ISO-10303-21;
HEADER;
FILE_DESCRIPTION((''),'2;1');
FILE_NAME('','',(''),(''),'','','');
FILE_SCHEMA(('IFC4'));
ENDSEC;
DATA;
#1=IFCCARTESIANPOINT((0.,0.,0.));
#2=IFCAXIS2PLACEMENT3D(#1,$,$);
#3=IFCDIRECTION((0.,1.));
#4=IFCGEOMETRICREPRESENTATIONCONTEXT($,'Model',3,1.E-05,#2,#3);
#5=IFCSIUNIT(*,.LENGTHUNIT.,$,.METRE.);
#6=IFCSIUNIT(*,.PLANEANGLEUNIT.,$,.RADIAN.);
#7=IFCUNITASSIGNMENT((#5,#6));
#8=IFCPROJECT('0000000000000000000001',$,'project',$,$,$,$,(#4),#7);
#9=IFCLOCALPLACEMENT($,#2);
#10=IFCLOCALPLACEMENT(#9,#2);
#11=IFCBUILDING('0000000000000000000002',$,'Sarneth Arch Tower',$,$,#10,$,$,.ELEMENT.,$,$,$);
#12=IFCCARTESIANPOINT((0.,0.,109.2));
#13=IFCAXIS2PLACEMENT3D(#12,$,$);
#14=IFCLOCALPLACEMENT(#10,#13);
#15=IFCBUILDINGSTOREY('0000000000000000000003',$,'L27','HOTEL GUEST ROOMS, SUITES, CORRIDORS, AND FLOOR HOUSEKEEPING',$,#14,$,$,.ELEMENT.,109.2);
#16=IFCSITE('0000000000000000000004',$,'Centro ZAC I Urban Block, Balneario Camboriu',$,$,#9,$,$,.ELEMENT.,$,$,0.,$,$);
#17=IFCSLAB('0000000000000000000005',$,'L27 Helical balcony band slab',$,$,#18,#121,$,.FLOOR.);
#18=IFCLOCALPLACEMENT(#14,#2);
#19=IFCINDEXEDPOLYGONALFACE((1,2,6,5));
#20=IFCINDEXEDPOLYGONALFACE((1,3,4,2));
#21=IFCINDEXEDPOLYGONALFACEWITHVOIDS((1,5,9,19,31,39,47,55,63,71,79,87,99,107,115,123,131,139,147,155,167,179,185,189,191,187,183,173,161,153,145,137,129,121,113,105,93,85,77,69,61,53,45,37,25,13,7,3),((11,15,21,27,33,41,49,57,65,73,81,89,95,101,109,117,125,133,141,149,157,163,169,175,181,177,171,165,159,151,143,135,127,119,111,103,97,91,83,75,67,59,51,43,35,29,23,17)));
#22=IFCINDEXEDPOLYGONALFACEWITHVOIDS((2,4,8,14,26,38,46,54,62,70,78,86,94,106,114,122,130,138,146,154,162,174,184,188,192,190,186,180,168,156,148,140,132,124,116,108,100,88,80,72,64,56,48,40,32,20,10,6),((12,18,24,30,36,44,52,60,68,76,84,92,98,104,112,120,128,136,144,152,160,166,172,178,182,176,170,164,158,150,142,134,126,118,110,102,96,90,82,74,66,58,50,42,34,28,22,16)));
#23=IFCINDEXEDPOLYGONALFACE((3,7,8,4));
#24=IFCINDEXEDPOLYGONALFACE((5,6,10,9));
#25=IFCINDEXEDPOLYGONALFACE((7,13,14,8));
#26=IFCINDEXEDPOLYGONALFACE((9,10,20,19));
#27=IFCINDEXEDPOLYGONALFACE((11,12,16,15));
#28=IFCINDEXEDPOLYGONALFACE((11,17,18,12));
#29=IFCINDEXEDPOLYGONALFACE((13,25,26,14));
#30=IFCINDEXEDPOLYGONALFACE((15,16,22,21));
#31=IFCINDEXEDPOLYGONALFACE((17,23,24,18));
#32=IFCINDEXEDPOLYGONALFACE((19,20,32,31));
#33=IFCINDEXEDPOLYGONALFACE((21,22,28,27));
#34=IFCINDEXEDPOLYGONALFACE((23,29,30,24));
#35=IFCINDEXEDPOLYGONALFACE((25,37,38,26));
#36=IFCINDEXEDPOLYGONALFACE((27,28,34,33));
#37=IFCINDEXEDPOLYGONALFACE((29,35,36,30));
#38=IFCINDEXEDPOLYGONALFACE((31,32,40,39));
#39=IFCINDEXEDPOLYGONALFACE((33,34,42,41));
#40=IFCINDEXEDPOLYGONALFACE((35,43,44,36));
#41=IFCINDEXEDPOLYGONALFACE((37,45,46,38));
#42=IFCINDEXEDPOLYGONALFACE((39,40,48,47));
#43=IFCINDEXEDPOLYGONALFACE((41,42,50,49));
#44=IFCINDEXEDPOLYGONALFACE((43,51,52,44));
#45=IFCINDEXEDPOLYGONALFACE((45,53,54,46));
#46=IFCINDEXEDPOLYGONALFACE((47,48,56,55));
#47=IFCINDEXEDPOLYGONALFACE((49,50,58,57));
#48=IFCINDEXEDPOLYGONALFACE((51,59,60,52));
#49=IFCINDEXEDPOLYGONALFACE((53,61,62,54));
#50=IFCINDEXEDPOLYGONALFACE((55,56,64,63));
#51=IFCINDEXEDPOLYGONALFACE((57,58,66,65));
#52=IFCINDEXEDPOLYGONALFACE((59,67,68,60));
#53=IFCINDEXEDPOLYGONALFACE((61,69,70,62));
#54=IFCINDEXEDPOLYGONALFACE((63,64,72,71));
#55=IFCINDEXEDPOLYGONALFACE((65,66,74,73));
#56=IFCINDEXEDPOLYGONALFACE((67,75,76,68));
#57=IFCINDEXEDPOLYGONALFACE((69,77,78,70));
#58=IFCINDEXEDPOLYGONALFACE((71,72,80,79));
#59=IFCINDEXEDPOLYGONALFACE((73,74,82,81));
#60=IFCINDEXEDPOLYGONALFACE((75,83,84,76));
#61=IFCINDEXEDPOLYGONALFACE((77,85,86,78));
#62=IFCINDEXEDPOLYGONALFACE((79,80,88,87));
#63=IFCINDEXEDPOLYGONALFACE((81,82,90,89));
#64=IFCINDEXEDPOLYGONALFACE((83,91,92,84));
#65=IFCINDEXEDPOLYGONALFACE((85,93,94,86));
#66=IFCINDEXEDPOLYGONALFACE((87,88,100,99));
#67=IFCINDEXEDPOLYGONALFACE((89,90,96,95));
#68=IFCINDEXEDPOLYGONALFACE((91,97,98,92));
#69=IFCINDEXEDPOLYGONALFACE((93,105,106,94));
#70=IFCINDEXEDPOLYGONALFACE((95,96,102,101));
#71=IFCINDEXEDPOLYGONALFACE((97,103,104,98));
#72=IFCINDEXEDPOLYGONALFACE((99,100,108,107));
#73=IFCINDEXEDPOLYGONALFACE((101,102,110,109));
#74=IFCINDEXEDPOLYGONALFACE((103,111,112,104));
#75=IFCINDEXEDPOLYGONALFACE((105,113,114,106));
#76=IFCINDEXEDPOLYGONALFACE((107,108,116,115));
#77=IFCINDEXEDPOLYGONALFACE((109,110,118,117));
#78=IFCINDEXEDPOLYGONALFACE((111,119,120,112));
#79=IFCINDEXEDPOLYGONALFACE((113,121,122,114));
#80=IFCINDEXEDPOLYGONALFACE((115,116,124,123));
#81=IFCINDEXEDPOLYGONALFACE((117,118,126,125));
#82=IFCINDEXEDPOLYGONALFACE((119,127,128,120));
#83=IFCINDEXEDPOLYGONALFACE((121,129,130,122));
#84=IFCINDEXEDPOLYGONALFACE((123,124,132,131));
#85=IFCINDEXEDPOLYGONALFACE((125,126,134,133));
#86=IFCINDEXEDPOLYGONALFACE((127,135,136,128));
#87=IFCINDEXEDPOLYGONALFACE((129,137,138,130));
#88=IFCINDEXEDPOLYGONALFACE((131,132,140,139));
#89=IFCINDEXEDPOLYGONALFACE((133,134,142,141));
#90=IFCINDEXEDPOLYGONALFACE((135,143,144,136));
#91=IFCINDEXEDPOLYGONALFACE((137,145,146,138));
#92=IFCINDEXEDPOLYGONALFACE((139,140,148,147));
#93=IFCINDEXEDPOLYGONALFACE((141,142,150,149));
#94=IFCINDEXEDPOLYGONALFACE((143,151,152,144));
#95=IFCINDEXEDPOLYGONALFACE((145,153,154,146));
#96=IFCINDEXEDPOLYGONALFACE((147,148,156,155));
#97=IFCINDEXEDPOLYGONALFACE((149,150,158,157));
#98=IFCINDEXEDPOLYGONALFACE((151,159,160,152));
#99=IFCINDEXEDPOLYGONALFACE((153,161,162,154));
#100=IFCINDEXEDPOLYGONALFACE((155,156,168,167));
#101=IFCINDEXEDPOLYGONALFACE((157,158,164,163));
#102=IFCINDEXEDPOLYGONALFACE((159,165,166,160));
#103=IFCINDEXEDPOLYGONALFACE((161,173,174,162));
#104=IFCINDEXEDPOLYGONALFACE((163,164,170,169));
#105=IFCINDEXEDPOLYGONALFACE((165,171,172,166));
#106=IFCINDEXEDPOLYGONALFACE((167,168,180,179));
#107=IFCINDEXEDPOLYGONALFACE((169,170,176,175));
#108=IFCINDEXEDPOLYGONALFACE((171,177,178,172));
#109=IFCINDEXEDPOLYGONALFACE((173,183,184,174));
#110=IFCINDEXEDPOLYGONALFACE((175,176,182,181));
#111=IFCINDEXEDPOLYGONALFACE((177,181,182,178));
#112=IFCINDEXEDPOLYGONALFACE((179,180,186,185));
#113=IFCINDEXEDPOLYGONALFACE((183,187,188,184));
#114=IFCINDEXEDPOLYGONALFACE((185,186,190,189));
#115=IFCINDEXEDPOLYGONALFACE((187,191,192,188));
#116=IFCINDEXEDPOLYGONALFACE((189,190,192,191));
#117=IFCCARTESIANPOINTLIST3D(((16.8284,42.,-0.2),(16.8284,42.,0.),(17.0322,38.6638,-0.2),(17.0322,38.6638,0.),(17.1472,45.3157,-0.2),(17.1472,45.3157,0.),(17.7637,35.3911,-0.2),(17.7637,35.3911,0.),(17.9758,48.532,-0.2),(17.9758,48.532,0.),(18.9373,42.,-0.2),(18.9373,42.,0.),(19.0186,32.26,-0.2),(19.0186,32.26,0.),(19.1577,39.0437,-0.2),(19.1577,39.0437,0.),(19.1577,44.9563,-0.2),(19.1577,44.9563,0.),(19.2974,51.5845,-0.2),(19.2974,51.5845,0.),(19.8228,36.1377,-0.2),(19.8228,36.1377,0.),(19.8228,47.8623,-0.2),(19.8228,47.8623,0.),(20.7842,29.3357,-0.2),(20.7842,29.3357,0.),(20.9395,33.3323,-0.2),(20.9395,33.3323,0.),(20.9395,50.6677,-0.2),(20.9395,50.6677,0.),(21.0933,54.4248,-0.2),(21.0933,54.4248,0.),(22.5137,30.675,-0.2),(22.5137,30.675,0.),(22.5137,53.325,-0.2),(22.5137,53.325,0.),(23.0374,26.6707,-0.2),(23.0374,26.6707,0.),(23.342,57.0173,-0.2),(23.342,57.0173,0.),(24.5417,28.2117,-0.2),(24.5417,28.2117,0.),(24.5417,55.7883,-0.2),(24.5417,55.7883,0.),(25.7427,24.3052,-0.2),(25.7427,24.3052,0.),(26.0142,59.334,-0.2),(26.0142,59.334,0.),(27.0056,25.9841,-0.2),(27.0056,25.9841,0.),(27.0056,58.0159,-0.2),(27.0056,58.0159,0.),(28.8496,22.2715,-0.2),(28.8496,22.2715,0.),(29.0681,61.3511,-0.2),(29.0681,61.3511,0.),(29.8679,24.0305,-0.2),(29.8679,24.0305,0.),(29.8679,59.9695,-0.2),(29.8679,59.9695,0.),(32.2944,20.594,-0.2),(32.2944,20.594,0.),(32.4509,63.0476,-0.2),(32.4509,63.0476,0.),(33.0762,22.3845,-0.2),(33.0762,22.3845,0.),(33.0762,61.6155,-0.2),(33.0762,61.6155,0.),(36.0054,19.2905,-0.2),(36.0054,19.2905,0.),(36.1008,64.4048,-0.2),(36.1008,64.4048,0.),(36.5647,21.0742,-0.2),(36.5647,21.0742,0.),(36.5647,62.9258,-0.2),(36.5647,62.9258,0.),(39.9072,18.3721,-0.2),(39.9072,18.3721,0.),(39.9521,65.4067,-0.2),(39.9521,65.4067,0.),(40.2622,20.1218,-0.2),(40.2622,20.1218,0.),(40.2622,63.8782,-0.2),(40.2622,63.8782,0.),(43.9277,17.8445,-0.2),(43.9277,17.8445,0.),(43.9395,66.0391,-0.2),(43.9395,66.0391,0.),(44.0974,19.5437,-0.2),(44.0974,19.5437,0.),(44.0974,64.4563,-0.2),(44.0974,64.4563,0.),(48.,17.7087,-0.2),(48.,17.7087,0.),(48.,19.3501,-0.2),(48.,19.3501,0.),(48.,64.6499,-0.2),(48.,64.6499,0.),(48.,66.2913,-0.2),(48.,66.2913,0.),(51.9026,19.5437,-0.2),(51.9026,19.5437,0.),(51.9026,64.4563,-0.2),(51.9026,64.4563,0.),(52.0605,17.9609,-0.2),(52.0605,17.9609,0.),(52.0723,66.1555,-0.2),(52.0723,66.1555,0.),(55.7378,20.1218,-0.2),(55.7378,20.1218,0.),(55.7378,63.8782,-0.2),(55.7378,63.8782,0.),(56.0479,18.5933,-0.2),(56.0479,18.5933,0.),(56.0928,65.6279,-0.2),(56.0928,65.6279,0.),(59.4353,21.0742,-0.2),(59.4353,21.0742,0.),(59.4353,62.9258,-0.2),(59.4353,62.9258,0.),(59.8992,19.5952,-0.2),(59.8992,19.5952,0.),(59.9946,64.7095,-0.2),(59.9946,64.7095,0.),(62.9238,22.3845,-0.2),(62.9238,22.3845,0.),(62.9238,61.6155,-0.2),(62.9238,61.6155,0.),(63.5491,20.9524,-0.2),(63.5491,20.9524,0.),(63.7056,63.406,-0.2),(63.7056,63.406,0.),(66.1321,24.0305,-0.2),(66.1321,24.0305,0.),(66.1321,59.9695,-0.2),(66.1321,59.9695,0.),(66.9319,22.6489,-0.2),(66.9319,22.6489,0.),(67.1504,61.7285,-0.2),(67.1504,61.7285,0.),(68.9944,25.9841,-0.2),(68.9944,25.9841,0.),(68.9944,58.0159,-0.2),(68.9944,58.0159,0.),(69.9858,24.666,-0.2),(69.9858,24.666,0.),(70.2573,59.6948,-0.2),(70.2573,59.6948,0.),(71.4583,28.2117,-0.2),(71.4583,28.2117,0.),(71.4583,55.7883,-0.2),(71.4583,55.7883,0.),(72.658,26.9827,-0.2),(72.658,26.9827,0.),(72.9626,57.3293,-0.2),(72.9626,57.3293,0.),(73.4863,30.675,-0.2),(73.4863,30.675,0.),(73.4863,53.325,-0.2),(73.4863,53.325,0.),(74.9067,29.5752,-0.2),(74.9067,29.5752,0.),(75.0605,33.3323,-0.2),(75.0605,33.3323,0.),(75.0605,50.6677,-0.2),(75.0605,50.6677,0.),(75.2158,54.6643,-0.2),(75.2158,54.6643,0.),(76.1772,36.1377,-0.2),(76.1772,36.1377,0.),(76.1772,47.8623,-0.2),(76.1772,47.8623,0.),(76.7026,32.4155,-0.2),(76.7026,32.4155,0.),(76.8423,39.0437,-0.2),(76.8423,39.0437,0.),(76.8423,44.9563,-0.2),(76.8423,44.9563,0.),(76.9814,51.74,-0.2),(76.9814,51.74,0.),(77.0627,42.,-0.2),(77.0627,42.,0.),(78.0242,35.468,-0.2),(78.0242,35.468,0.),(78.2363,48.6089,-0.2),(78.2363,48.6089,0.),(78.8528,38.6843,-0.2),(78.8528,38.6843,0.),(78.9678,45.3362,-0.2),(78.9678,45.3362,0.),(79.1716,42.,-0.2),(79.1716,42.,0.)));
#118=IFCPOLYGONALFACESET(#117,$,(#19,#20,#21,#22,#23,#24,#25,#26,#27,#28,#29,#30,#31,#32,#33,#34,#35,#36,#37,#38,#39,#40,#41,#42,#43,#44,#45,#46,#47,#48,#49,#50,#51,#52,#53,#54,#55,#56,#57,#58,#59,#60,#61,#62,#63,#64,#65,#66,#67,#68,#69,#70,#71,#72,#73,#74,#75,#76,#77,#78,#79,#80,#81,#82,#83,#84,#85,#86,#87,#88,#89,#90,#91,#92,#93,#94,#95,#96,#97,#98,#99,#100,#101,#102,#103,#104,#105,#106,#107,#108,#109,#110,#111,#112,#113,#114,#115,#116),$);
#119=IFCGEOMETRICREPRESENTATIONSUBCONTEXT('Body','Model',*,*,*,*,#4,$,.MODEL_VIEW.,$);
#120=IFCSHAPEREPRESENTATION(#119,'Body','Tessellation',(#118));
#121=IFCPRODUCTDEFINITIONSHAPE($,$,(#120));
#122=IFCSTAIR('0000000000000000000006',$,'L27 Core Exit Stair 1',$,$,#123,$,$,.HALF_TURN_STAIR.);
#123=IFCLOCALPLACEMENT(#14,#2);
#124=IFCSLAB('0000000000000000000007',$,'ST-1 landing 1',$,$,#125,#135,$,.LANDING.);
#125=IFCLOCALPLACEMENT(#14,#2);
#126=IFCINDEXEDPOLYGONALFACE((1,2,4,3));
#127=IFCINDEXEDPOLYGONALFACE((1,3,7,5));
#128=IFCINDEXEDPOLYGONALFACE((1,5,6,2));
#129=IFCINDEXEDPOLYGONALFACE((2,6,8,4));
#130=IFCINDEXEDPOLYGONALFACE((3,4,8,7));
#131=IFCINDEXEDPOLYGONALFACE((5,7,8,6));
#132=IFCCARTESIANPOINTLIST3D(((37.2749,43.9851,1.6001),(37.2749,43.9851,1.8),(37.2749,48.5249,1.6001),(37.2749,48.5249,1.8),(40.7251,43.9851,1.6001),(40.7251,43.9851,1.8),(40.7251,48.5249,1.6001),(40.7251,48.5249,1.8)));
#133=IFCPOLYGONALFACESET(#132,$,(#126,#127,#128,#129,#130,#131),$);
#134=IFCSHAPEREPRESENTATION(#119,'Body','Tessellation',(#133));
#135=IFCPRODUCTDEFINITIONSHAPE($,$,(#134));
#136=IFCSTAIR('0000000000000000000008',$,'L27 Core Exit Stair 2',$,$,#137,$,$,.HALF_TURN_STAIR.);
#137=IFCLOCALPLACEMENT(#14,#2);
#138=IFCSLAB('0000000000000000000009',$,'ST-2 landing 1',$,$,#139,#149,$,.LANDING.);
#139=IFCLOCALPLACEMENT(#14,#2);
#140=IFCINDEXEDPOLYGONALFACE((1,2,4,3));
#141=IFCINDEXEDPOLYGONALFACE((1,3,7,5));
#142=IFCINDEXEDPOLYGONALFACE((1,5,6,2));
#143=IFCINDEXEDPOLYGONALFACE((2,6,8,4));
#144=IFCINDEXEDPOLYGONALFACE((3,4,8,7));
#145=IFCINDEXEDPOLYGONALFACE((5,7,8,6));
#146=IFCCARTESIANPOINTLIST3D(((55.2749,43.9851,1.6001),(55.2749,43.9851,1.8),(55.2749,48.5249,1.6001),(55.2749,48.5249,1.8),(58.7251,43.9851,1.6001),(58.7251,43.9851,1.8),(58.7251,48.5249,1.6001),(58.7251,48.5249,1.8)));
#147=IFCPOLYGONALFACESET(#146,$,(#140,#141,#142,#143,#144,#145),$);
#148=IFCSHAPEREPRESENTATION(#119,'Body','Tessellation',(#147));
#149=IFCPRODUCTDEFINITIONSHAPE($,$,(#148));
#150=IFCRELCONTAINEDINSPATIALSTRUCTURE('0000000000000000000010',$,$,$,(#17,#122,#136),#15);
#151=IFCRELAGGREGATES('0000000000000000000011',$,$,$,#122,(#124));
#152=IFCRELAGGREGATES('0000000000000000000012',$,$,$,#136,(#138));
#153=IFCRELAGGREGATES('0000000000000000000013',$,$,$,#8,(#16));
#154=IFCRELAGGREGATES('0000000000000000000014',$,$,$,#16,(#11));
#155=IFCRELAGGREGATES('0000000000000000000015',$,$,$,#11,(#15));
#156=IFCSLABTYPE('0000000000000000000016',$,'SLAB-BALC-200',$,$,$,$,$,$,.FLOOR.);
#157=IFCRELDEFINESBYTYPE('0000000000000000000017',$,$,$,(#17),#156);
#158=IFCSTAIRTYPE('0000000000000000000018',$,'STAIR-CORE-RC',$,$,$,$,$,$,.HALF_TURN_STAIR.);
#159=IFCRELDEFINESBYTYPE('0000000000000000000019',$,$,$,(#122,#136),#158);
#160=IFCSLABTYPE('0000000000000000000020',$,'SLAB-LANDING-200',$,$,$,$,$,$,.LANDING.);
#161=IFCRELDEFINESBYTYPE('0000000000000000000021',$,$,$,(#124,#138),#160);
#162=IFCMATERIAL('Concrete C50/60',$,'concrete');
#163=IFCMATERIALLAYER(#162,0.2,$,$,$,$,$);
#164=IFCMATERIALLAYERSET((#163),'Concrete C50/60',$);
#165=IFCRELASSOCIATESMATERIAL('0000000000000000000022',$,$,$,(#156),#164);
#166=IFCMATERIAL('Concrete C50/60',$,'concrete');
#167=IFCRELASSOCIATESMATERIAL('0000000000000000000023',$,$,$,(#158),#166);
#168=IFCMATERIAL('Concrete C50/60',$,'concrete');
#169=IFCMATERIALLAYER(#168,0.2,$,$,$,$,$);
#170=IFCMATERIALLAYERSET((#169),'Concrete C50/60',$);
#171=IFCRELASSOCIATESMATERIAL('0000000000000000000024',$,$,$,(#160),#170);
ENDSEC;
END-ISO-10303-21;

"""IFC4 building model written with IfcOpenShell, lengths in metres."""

from ifc_helpers import new_model, si_unit, direction, frame, origin, place, context, subcontext, project, spatial, polyline, outline, extrude, material, layer, layer_set, type_object, element, aggregate, save


model = new_model("IFC4")

# Units and contexts
model_context = context("Model", 3, precision=1e-05, world=origin(), true_north=direction((0.0, 1.0)))
body_context = subcontext(model_context, "Body", "Model", "MODEL_VIEW")
ifc_project = project(units=[si_unit("LENGTHUNIT", "METRE"), si_unit("PLANEANGLEUNIT", "RADIAN")], contexts=[model_context])

# Site, building, storey
site_placement = place(None, origin())
site = spatial("IfcSite", under=ifc_project, at=site_placement, Name="Centro ZAC I Urban Block, Balneario Camboriu", CompositionType="ELEMENT", RefElevation=0.0)
building_placement = place(site_placement, origin())
building = spatial("IfcBuilding", under=site, at=building_placement, Name="Sarneth Arch Tower", CompositionType="ELEMENT")
storey_placement = place(building_placement, frame((0.0, 0.0, 109.2)))
storey = spatial("IfcBuildingStorey", under=building, at=storey_placement, Name="L27", Description="HOTEL GUEST ROOMS, SUITES, CORRIDORS, AND FLOOR HOUSEKEEPING", CompositionType="ELEMENT", Elevation=109.2)

# Slab
ifc_material_1 = material(Name="Concrete C50/60", Category="concrete")
ifc_layer_1 = layer(ifc_material_1, 0.2)
ifc_layer_set_1 = layer_set([ifc_layer_1], Name="Concrete C50/60")
slab_type_1 = type_object("IfcSlabType", Name="SLAB-BALC-200", PredefinedType="FLOOR", material=ifc_layer_set_1)
slab_1_placement = place(storey_placement, frame((0.0, 0.0, -0.2)))
element("IfcSlab", 1, at=slab_1_placement, inside=storey, type_object=slab_type_1, Name="L27 Helical balcony band slab", PredefinedType="FLOOR", context=body_context, shape_type="SweptSolid", body=[
    extrude(outline(polyline([(79.1716, 42.0), (78.9678, 45.3362), (78.2363, 48.6089), (76.9814, 51.74), (75.2158, 54.6643), (72.9626, 57.3293), (70.2573, 59.6948), (67.1504, 61.7285), (63.7056, 63.406), (59.9946, 64.7095), (56.0928, 65.6279), (52.0723, 66.1555), (48.0, 66.2913), (43.9395, 66.0391), (39.9521, 65.4067), (36.1008, 64.4048), (32.4509, 63.0476), (29.0681, 61.3511), (26.0142, 59.334), (23.342, 57.0173), (21.0933, 54.4248), (19.2974, 51.5845), (17.9758, 48.532), (17.1472, 45.3157), (16.8284, 42.0), (17.0322, 38.6638), (17.7637, 35.3911), (19.0186, 32.26), (20.7842, 29.3357), (23.0374, 26.6707), (25.7427, 24.3052), (28.8496, 22.2715), (32.2944, 20.594), (36.0054, 19.2905), (39.9072, 18.3721), (43.9277, 17.8445), (48.0, 17.7087), (52.0605, 17.9609), (56.0479, 18.5933), (59.8992, 19.5952), (63.5491, 20.9524), (66.9319, 22.6489), (69.9858, 24.666), (72.658, 26.9827), (74.9067, 29.5752), (76.7026, 32.4155), (78.0242, 35.468), (78.8528, 38.6843), (79.1716, 42.0)]), holes=[polyline([(77.0627, 42.0), (76.8423, 44.9563), (76.1772, 47.8623), (75.0605, 50.6677), (73.4863, 53.325), (71.4583, 55.7883), (68.9944, 58.0159), (66.1321, 59.9695), (62.9238, 61.6155), (59.4353, 62.9258), (55.7378, 63.8782), (51.9026, 64.4563), (48.0, 64.6499), (44.0974, 64.4563), (40.2622, 63.8782), (36.5647, 62.9258), (33.0762, 61.6155), (29.8679, 59.9695), (27.0056, 58.0159), (24.5417, 55.7883), (22.5137, 53.325), (20.9395, 50.6677), (19.8228, 47.8623), (19.1577, 44.9563), (18.9373, 42.0), (19.1577, 39.0437), (19.8228, 36.1377), (20.9395, 33.3323), (22.5137, 30.675), (24.5417, 28.2117), (27.0056, 25.9841), (29.8679, 24.0305), (33.0762, 22.3845), (36.5647, 21.0742), (40.2622, 20.1218), (44.0974, 19.5437), (48.0, 19.3501), (51.9026, 19.5437), (55.7378, 20.1218), (59.4353, 21.0742), (62.9238, 22.3845), (66.1321, 24.0305), (68.9944, 25.9841), (71.4583, 28.2117), (73.4863, 30.675), (75.0605, 33.3323), (76.1772, 36.1377), (76.8423, 39.0437), (77.0627, 42.0)])]), origin(), (0.0, 0.0, 1.0), 0.2),
])

# Stairs, slabs
ifc_material_2 = material(Name="Concrete C50/60", Category="concrete")
stair_type = type_object("IfcStairType", Name="STAIR-CORE-RC", PredefinedType="HALF_TURN_STAIR", material=ifc_material_2)
stair_1_placement = place(storey_placement, origin())
stair_1 = element("IfcStair", 2, at=stair_1_placement, inside=storey, type_object=stair_type, Name="L27 Core Exit Stair 1", PredefinedType="HALF_TURN_STAIR")
ifc_material_3 = material(Name="Concrete C50/60", Category="concrete")
ifc_layer_2 = layer(ifc_material_3, 0.2)
ifc_layer_set_2 = layer_set([ifc_layer_2], Name="Concrete C50/60")
slab_type_2 = type_object("IfcSlabType", Name="SLAB-LANDING-200", PredefinedType="LANDING", material=ifc_layer_set_2)
slab_2_placement = place(storey_placement, frame((0.0, 0.0, 1.6001)))
slab_2 = element("IfcSlab", 3, at=slab_2_placement, type_object=slab_type_2, Name="ST-1 landing 1", PredefinedType="LANDING", context=body_context, shape_type="SweptSolid", body=[
    extrude(outline(polyline([(37.2749, 43.9851), (40.7251, 43.9851), (40.7251, 48.5249), (37.2749, 48.5249), (37.2749, 43.9851)])), origin(), (0.0, 0.0, 1.0), 0.2),
])
aggregate(stair_1, [slab_2])
stair_2_placement = place(storey_placement, origin())
stair_2 = element("IfcStair", 4, at=stair_2_placement, inside=storey, type_object=stair_type, Name="L27 Core Exit Stair 2", PredefinedType="HALF_TURN_STAIR")
slab_3_placement = place(storey_placement, frame((0.0, 0.0, 1.6001)))
slab_3 = element("IfcSlab", 5, at=slab_3_placement, type_object=slab_type_2, Name="ST-2 landing 1", PredefinedType="LANDING", context=body_context, shape_type="SweptSolid", body=[
    extrude(outline(polyline([(55.2749, 43.9851), (58.7251, 43.9851), (58.7251, 48.5249), (55.2749, 48.5249), (55.2749, 43.9851)])), origin(), (0.0, 0.0, 1.0), 0.2),
])
aggregate(stair_2, [slab_3])

save(model, "model.ifc")
